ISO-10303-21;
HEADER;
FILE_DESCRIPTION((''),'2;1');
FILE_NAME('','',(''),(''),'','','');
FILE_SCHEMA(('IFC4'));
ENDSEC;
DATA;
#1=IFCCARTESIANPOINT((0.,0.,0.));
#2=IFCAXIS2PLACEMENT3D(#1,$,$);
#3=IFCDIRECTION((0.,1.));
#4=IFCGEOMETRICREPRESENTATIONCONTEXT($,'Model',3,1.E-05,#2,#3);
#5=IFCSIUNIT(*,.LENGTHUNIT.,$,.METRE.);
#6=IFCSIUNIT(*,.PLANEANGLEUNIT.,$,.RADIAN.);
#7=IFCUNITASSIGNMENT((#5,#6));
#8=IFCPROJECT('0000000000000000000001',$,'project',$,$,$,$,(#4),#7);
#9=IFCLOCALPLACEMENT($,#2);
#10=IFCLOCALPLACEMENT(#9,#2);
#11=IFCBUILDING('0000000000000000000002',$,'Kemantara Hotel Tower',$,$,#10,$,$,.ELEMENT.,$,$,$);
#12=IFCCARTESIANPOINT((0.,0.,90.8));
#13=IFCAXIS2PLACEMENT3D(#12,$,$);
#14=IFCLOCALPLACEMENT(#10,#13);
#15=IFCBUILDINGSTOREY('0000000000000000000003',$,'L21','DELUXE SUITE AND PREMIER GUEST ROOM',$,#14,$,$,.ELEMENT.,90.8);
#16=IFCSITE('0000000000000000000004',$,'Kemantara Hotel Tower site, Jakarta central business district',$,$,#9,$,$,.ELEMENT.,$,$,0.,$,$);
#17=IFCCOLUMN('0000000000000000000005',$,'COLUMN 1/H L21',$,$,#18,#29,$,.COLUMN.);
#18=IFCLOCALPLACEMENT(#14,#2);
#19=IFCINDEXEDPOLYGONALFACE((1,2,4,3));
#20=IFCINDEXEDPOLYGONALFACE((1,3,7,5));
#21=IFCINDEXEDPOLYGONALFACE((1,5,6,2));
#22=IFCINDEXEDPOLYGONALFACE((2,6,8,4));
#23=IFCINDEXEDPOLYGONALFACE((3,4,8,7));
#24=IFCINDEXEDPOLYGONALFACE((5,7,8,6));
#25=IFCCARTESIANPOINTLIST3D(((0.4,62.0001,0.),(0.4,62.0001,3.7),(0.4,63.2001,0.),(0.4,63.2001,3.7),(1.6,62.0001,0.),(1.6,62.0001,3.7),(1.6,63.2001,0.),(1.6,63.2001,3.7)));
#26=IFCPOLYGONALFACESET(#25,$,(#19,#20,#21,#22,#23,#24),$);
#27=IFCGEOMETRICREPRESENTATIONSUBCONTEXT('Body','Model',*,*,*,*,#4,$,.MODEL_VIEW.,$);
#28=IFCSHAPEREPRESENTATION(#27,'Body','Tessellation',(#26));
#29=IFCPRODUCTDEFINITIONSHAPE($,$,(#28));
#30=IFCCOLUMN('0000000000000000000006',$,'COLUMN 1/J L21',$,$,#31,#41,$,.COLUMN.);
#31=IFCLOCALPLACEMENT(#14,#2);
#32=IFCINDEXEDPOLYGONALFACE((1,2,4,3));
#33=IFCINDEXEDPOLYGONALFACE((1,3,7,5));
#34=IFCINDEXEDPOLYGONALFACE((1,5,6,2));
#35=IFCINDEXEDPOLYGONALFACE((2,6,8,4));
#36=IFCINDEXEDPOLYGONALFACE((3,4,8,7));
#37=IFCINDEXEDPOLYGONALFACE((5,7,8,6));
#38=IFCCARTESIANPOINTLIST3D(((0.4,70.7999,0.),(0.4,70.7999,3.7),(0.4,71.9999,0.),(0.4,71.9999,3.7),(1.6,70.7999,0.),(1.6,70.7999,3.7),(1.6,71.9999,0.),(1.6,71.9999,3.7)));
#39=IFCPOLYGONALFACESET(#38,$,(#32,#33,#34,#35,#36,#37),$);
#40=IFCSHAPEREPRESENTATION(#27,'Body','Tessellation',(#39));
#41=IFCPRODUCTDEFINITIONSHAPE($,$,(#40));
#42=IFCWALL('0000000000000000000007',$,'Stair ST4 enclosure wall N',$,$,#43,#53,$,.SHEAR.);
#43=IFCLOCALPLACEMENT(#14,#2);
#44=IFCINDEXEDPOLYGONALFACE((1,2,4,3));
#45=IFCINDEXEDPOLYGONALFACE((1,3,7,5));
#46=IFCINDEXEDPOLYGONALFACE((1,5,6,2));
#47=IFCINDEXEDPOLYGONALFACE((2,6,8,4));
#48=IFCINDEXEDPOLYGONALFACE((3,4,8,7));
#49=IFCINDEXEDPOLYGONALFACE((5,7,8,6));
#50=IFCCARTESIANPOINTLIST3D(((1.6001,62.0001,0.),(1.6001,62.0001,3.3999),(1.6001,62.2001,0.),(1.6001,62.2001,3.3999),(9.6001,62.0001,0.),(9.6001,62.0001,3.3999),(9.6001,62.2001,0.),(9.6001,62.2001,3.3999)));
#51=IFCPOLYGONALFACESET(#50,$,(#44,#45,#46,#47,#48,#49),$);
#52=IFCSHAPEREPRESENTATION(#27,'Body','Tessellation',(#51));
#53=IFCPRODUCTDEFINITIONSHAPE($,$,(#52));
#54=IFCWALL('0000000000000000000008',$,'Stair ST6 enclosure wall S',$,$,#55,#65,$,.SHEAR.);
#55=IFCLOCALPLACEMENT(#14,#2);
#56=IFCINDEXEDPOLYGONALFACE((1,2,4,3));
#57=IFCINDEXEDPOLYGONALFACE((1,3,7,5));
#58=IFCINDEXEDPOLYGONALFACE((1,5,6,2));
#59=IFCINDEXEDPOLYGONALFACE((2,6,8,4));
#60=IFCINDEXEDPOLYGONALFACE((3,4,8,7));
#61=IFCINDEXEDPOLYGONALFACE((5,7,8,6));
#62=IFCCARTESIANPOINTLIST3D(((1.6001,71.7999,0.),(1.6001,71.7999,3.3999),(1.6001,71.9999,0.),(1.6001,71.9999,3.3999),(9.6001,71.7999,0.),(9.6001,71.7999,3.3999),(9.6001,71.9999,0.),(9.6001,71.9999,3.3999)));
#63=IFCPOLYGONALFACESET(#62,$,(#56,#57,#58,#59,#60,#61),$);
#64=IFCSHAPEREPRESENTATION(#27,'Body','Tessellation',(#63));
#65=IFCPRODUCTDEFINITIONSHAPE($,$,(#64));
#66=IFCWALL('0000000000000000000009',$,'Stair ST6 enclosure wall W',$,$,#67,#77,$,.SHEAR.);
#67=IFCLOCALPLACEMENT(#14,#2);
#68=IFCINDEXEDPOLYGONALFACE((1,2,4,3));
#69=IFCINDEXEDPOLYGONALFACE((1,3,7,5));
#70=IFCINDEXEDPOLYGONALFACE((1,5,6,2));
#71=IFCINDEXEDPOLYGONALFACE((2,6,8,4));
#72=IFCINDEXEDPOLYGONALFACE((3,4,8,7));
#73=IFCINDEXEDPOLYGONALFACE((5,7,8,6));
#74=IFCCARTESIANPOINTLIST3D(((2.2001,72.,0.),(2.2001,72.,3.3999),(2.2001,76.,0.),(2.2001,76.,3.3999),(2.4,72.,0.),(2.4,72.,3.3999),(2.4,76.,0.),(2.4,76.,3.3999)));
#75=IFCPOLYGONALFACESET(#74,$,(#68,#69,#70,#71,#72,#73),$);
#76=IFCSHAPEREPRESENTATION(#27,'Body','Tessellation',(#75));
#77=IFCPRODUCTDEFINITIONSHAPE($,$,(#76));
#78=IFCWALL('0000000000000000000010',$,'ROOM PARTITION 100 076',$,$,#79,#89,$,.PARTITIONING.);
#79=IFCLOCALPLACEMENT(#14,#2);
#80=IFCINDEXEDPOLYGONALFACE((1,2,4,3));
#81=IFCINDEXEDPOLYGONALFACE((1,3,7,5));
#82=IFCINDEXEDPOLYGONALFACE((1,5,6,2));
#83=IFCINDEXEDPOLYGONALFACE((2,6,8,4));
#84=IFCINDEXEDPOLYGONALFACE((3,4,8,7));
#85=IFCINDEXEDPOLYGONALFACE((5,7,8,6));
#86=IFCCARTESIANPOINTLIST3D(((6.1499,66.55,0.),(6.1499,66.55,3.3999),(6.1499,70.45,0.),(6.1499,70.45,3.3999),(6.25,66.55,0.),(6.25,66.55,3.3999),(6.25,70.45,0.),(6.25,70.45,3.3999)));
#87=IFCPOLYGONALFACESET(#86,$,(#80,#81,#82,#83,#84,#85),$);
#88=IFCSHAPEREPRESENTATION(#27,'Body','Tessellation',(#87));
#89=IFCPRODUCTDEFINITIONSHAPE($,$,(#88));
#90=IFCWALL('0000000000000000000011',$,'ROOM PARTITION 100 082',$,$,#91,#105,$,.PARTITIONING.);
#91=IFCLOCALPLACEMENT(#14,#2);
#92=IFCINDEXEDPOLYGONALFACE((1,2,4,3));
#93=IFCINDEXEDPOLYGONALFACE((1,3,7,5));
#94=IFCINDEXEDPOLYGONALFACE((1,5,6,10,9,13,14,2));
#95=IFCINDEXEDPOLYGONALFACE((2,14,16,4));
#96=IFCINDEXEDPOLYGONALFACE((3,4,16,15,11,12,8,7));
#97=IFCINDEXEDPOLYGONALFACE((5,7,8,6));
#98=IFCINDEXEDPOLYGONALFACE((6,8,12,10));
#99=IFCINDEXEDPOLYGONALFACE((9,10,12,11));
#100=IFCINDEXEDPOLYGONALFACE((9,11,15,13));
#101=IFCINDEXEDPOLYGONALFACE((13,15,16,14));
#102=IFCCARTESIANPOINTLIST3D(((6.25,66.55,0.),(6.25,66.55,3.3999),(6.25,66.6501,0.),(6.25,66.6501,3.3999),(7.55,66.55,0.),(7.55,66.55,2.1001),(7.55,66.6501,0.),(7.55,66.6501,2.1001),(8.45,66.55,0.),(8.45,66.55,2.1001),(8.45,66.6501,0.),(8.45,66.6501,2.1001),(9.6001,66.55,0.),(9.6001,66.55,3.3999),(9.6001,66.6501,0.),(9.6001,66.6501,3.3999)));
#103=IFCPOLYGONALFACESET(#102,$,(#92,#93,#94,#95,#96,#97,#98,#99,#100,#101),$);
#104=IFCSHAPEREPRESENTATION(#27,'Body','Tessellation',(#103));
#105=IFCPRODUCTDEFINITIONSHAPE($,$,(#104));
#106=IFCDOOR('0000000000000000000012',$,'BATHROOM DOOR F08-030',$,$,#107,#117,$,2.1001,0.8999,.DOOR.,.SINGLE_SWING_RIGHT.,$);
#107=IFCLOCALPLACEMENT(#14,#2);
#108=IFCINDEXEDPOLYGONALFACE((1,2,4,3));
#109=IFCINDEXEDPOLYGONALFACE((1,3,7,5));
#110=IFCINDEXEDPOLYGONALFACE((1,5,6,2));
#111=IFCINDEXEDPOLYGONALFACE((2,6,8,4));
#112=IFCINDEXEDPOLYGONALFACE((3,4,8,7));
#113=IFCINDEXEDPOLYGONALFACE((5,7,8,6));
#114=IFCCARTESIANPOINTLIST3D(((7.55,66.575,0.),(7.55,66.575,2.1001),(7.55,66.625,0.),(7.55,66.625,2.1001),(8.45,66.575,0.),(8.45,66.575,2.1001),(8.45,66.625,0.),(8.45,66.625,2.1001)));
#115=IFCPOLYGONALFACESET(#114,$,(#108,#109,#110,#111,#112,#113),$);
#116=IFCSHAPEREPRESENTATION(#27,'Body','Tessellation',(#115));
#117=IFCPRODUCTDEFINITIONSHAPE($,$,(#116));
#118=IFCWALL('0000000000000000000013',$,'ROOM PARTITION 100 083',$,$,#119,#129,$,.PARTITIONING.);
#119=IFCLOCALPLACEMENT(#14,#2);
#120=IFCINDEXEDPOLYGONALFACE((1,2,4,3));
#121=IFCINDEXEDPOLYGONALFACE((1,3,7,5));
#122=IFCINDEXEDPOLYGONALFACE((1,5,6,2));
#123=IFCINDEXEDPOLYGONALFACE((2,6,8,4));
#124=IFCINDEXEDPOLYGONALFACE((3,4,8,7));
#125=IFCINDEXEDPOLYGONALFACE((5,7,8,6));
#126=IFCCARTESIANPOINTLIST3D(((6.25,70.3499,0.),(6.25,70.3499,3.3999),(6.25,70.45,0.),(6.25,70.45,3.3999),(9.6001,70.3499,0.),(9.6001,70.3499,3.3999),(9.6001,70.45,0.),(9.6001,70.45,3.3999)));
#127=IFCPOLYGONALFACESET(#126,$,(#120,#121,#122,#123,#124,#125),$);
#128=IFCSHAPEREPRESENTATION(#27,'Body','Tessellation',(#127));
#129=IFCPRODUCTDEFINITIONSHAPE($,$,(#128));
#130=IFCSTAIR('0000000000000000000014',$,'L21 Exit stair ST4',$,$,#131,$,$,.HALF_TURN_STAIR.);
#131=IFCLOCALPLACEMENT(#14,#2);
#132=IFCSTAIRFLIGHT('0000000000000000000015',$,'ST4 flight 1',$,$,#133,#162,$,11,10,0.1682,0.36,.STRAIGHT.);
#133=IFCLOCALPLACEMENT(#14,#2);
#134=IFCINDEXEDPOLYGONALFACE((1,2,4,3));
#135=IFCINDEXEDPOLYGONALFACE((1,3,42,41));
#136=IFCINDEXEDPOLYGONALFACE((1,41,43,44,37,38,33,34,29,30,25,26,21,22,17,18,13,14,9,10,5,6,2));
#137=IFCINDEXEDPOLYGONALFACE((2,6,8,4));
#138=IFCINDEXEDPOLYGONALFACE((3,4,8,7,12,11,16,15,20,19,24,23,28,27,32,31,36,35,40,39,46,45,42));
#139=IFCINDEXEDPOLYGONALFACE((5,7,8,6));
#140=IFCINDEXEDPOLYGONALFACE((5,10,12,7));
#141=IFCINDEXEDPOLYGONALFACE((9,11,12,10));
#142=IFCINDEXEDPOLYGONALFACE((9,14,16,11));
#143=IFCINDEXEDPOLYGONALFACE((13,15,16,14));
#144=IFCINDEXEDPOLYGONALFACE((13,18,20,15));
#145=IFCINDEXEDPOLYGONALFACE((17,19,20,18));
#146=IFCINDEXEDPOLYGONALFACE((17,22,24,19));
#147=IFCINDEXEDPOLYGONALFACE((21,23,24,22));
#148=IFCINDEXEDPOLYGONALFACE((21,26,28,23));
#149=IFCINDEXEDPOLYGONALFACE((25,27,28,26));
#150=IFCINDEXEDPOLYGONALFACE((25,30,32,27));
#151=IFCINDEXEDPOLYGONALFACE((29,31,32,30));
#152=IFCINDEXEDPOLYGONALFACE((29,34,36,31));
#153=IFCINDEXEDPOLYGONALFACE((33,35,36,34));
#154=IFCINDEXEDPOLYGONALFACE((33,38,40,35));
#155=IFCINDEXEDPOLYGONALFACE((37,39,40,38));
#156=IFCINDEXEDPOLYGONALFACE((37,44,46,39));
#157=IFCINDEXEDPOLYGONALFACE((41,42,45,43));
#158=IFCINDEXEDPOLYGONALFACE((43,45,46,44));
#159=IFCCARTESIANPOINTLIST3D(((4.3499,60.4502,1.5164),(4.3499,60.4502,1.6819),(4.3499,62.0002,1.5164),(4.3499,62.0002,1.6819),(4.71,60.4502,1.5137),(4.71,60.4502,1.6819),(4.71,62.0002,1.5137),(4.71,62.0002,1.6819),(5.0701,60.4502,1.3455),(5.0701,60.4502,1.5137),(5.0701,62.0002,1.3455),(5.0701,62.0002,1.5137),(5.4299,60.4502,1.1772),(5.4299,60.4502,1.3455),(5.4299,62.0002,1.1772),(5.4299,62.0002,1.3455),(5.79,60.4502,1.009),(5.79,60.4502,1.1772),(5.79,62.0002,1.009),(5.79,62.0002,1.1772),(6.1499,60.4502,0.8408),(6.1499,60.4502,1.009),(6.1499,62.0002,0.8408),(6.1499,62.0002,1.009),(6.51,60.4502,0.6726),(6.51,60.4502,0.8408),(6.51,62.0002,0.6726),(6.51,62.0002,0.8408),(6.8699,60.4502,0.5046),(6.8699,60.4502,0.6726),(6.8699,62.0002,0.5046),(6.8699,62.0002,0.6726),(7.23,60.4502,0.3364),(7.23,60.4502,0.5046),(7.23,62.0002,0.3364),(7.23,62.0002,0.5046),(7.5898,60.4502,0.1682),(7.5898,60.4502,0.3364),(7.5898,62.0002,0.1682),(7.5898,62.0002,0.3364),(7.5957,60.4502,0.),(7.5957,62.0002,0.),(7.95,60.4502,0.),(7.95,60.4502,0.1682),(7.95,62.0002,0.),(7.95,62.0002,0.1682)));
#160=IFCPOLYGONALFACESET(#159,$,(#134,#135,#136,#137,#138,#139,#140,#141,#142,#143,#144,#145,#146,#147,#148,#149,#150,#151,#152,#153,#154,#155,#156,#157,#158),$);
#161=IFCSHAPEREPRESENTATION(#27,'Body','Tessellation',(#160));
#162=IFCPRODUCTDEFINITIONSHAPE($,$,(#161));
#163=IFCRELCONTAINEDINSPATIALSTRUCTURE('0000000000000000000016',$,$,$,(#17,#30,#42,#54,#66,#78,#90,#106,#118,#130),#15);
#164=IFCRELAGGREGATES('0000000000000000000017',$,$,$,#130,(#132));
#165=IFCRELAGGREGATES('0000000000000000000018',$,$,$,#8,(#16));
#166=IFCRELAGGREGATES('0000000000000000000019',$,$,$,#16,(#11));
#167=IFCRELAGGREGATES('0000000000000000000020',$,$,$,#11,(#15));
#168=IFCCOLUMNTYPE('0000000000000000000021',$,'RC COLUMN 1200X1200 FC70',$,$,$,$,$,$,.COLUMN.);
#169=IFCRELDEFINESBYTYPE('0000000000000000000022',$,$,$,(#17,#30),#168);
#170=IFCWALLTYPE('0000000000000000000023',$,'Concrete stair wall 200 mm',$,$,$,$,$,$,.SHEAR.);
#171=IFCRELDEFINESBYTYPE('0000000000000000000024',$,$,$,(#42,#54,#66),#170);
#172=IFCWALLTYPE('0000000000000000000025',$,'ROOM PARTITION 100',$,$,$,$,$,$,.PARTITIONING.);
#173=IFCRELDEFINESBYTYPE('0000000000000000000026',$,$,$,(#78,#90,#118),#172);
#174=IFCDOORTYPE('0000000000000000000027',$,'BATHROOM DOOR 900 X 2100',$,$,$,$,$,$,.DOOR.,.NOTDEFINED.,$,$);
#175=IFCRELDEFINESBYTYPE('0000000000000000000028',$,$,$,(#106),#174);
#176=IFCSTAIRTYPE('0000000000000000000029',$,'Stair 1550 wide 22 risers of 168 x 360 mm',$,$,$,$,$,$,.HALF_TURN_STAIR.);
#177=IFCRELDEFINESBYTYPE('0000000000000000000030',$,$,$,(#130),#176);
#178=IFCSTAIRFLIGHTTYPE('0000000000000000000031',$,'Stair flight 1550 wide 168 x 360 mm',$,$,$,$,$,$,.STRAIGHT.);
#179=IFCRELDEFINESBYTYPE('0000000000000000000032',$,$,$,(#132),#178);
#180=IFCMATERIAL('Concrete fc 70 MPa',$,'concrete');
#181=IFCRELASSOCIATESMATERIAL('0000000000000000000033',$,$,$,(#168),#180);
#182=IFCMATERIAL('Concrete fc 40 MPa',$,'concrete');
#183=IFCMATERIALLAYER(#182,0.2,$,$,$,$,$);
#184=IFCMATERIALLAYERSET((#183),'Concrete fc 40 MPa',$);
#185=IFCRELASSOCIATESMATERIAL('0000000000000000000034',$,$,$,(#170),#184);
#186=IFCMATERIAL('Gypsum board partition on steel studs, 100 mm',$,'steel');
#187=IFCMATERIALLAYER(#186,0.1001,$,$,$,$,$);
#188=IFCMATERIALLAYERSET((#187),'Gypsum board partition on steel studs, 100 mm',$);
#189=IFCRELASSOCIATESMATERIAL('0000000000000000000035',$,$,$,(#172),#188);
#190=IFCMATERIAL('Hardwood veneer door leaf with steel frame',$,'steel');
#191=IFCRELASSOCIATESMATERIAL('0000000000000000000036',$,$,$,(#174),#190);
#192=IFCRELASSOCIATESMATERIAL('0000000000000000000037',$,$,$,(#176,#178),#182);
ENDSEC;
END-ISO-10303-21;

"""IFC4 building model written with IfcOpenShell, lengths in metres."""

from ifc_helpers import new_model, si_unit, direction, frame, frame_2d, origin, origin_2d, place, context, subcontext, project, spatial, polyline, rectangle, outline, extrude, material, layer, layer_set, material_profile, profile_set, type_object, element, fill, aggregate, save


model = new_model("IFC4")

# Units and contexts
model_context = context("Model", 3, precision=1e-05, world=origin(), true_north=direction((0.0, 1.0)))
body_context = subcontext(model_context, "Body", "Model", "MODEL_VIEW")
ifc_project = project(units=[si_unit("LENGTHUNIT", "METRE"), si_unit("PLANEANGLEUNIT", "RADIAN")], contexts=[model_context])

# Site, building, storey
site_placement = place(None, origin())
site = spatial("IfcSite", under=ifc_project, at=site_placement, Name="Kemantara Hotel Tower site, Jakarta central business district", CompositionType="ELEMENT", RefElevation=0.0)
building_placement = place(site_placement, origin())
building = spatial("IfcBuilding", under=site, at=building_placement, Name="Kemantara Hotel Tower", CompositionType="ELEMENT")
storey_placement = place(building_placement, frame((0.0, 0.0, 90.8)))
storey = spatial("IfcBuildingStorey", under=building, at=storey_placement, Name="L21", Description="DELUXE SUITE AND PREMIER GUEST ROOM", CompositionType="ELEMENT", Elevation=90.8)

# Columns
ifc_material_1 = material(Name="Concrete fc 70 MPa", Category="concrete")
ifc_material_profile = material_profile(ifc_material_1, rectangle(XDim=1.2, YDim=1.2, at=origin_2d()), Name="RC 1200X1200")
ifc_profile_set = profile_set([ifc_material_profile], Name="Concrete fc 70 MPa")
column_type = type_object("IfcColumnType", Name="RC COLUMN 1200X1200 FC70", PredefinedType="COLUMN", material=ifc_profile_set)
for number, where, z_axis, x_axis, name in (
    (1, (1.0, 62.6001, 0.0), (0.0, 0.0, 1.0), (1.0, 0.0, 0.0), "COLUMN 1/H L21"),
    (2, (1.0, 71.3999, 0.0), (0.0, 0.0, 1.0), (1.0, 0.0, 0.0), "COLUMN 1/J L21"),
):
    element("IfcColumn", number, at=place(storey_placement, frame(where, z_axis=z_axis, x_axis=x_axis)), inside=storey, type_object=column_type, Name=name, PredefinedType="COLUMN", context=body_context, shape_type="SweptSolid", body=[
        extrude(rectangle(XDim=1.2, YDim=1.2, at=origin_2d()), origin(), (0.0, 0.0, 1.0), 3.7),
    ])

# Walls
ifc_material_2 = material(Name="Concrete fc 40 MPa", Category="concrete")
ifc_layer_1 = layer(ifc_material_2, 0.2)
ifc_layer_set_1 = layer_set([ifc_layer_1], Name="Concrete fc 40 MPa")
wall_type_1 = type_object("IfcWallType", Name="Concrete stair wall 200 mm", PredefinedType="SHEAR", material=ifc_layer_set_1)
for number, where, z_axis, x_axis, name in (
    (3, (1.6001, 62.1001, 0.0), (0.0, 0.0, 1.0), (1.0, 0.0, 0.0), "Stair ST4 enclosure wall N"),
    (4, (1.6001, 71.8999, 0.0), (0.0, 0.0, 1.0), (1.0, 0.0, 0.0), "Stair ST6 enclosure wall S"),
):
    element("IfcWall", number, at=place(storey_placement, frame(where, z_axis=z_axis, x_axis=x_axis)), inside=storey, type_object=wall_type_1, Name=name, PredefinedType="SHEAR", context=body_context, shape_type="SweptSolid", body=[
        extrude(rectangle(XDim=8.0, YDim=0.2, at=frame_2d((4.0, 0.0))), origin(), (0.0, 0.0, 1.0), 3.3999),
    ])
wall_1_placement = place(storey_placement, frame((2.3, 72.0, 0.0), z_axis=(0.0, 0.0, 1.0), x_axis=(0.0, 1.0, 0.0)))
element("IfcWall", 5, at=wall_1_placement, inside=storey, type_object=wall_type_1, Name="Stair ST6 enclosure wall W", PredefinedType="SHEAR", context=body_context, shape_type="SweptSolid", body=[
    extrude(rectangle(XDim=4.0, YDim=0.2, at=frame_2d((2.0, 0.0))), origin(), (0.0, 0.0, 1.0), 3.3999),
])
ifc_material_3 = material(Name="Gypsum board partition on steel studs, 100 mm", Category="steel")
ifc_layer_2 = layer(ifc_material_3, 0.1001)
ifc_layer_set_2 = layer_set([ifc_layer_2], Name="Gypsum board partition on steel studs, 100 mm")
wall_type_2 = type_object("IfcWallType", Name="ROOM PARTITION 100", PredefinedType="PARTITIONING", material=ifc_layer_set_2)
wall_2_placement = place(storey_placement, frame((6.2, 66.55, 0.0), z_axis=(0.0, 0.0, 1.0), x_axis=(0.0, 1.0, 0.0)))
element("IfcWall", 6, at=wall_2_placement, inside=storey, type_object=wall_type_2, Name="ROOM PARTITION 100 076", PredefinedType="PARTITIONING", context=body_context, shape_type="SweptSolid", body=[
    extrude(rectangle(XDim=3.8999, YDim=0.1001, at=frame_2d((1.95, 0.0))), origin(), (0.0, 0.0, 1.0), 3.3999),
])

# Wall, opening, door
wall_3_placement = place(storey_placement, frame((6.25, 66.6001, 0.0), z_axis=(0.0, 0.0, 1.0), x_axis=(1.0, 0.0, 0.0)))
wall_3 = element("IfcWall", 7, at=wall_3_placement, inside=storey, type_object=wall_type_2, Name="ROOM PARTITION 100 082", PredefinedType="PARTITIONING", context=body_context, shape_type="SweptSolid", body=[
    extrude(rectangle(XDim=3.3501, YDim=0.1001, at=frame_2d((1.675, 0.0))), origin(), (0.0, 0.0, 1.0), 3.3999),
])
opening_placement = place(wall_3_placement, frame((1.3, 0.0, 0.0)))
opening = element("IfcOpeningElement", 8, at=opening_placement, cuts=wall_3, PredefinedType="OPENING", context=body_context, shape_type="SweptSolid", body=[
    extrude(rectangle(XDim=0.8999, YDim=2.1001, at=frame_2d((0.45, 1.05))), frame((0.0, 0.0601, 0.0), z_axis=(0.0, -1.0, 0.0), x_axis=(1.0, 0.0, 0.0)), (0.0, 0.0, 1.0), 0.1201),
])
ifc_material_4 = material(Name="Hardwood veneer door leaf with steel frame", Category="steel")
door_type = type_object("IfcDoorType", Name="BATHROOM DOOR 900 X 2100", OperationType="NOTDEFINED", PredefinedType="DOOR", material=ifc_material_4)
door_placement = place(opening_placement, origin())
door = element("IfcDoor", 9, at=door_placement, inside=storey, type_object=door_type, Name="BATHROOM DOOR F08-030", OperationType="SINGLE_SWING_RIGHT", OverallHeight=2.1001, OverallWidth=0.8999, PredefinedType="DOOR", context=body_context, shape_type="SweptSolid", body=[
    extrude(rectangle(XDim=0.8999, YDim=2.1001, at=frame_2d((0.45, 1.05))), frame((0.0, 0.0249, 0.0), z_axis=(0.0, -1.0, 0.0), x_axis=(1.0, 0.0, 0.0)), (0.0, 0.0, 1.0), 0.05),
])
fill(opening, door)

# Wall
wall_4_placement = place(storey_placement, frame((6.25, 70.3999, 0.0), z_axis=(0.0, 0.0, 1.0), x_axis=(1.0, 0.0, 0.0)))
element("IfcWall", 10, at=wall_4_placement, inside=storey, type_object=wall_type_2, Name="ROOM PARTITION 100 083", PredefinedType="PARTITIONING", context=body_context, shape_type="SweptSolid", body=[
    extrude(rectangle(XDim=3.3501, YDim=0.1001, at=frame_2d((1.675, 0.0))), origin(), (0.0, 0.0, 1.0), 3.3999),
])

# Stair, stair flight
stair_type = type_object("IfcStairType", Name="Stair 1550 wide 22 risers of 168 x 360 mm", PredefinedType="HALF_TURN_STAIR", material=ifc_material_2)
stair_placement = place(storey_placement, origin())
stair = element("IfcStair", 11, at=stair_placement, inside=storey, type_object=stair_type, Name="L21 Exit stair ST4", PredefinedType="HALF_TURN_STAIR")
stair_flight_type = type_object("IfcStairFlightType", Name="Stair flight 1550 wide 168 x 360 mm", PredefinedType="STRAIGHT", material=ifc_material_2)
stair_flight_placement = place(storey_placement, frame((7.95, 61.2251, 0.0), z_axis=(0.0, 0.0, 1.0), x_axis=(-1.0, 0.0, 0.0)))
stair_flight = element("IfcStairFlight", 12, at=stair_flight_placement, type_object=stair_flight_type, Name="ST4 flight 1", NumberOfRisers=11, NumberOfTreads=10, PredefinedType="STRAIGHT", RiserHeight=0.1682, TreadLength=0.36, context=body_context, shape_type="SweptSolid", body=[
    extrude(outline(polyline([(0.0, 0.0), (0.0, 0.1682), (0.3601, 0.1682), (0.3601, 0.3364), (0.72, 0.3364), (0.72, 0.5046), (1.0801, 0.5046), (1.0801, 0.6726), (1.4399, 0.6726), (1.4399, 0.8408), (1.8, 0.8408), (1.8, 1.009), (2.1599, 1.009), (2.1599, 1.1772), (2.52, 1.1772), (2.52, 1.3455), (2.8799, 1.3455), (2.8799, 1.5137), (3.24, 1.5137), (3.24, 1.6819), (3.6001, 1.6819), (3.6001, 1.8501), (3.6001, 1.5164), (0.3542, 0.0), (0.0, 0.0)])), frame((0.0, 0.7749, 0.0), z_axis=(0.0, -1.0, 0.0), x_axis=(1.0, 0.0, 0.0)), (0.0, 0.0, 1.0), 1.55),
])
aggregate(stair, [stair_flight])

save(model, "model.ifc")
